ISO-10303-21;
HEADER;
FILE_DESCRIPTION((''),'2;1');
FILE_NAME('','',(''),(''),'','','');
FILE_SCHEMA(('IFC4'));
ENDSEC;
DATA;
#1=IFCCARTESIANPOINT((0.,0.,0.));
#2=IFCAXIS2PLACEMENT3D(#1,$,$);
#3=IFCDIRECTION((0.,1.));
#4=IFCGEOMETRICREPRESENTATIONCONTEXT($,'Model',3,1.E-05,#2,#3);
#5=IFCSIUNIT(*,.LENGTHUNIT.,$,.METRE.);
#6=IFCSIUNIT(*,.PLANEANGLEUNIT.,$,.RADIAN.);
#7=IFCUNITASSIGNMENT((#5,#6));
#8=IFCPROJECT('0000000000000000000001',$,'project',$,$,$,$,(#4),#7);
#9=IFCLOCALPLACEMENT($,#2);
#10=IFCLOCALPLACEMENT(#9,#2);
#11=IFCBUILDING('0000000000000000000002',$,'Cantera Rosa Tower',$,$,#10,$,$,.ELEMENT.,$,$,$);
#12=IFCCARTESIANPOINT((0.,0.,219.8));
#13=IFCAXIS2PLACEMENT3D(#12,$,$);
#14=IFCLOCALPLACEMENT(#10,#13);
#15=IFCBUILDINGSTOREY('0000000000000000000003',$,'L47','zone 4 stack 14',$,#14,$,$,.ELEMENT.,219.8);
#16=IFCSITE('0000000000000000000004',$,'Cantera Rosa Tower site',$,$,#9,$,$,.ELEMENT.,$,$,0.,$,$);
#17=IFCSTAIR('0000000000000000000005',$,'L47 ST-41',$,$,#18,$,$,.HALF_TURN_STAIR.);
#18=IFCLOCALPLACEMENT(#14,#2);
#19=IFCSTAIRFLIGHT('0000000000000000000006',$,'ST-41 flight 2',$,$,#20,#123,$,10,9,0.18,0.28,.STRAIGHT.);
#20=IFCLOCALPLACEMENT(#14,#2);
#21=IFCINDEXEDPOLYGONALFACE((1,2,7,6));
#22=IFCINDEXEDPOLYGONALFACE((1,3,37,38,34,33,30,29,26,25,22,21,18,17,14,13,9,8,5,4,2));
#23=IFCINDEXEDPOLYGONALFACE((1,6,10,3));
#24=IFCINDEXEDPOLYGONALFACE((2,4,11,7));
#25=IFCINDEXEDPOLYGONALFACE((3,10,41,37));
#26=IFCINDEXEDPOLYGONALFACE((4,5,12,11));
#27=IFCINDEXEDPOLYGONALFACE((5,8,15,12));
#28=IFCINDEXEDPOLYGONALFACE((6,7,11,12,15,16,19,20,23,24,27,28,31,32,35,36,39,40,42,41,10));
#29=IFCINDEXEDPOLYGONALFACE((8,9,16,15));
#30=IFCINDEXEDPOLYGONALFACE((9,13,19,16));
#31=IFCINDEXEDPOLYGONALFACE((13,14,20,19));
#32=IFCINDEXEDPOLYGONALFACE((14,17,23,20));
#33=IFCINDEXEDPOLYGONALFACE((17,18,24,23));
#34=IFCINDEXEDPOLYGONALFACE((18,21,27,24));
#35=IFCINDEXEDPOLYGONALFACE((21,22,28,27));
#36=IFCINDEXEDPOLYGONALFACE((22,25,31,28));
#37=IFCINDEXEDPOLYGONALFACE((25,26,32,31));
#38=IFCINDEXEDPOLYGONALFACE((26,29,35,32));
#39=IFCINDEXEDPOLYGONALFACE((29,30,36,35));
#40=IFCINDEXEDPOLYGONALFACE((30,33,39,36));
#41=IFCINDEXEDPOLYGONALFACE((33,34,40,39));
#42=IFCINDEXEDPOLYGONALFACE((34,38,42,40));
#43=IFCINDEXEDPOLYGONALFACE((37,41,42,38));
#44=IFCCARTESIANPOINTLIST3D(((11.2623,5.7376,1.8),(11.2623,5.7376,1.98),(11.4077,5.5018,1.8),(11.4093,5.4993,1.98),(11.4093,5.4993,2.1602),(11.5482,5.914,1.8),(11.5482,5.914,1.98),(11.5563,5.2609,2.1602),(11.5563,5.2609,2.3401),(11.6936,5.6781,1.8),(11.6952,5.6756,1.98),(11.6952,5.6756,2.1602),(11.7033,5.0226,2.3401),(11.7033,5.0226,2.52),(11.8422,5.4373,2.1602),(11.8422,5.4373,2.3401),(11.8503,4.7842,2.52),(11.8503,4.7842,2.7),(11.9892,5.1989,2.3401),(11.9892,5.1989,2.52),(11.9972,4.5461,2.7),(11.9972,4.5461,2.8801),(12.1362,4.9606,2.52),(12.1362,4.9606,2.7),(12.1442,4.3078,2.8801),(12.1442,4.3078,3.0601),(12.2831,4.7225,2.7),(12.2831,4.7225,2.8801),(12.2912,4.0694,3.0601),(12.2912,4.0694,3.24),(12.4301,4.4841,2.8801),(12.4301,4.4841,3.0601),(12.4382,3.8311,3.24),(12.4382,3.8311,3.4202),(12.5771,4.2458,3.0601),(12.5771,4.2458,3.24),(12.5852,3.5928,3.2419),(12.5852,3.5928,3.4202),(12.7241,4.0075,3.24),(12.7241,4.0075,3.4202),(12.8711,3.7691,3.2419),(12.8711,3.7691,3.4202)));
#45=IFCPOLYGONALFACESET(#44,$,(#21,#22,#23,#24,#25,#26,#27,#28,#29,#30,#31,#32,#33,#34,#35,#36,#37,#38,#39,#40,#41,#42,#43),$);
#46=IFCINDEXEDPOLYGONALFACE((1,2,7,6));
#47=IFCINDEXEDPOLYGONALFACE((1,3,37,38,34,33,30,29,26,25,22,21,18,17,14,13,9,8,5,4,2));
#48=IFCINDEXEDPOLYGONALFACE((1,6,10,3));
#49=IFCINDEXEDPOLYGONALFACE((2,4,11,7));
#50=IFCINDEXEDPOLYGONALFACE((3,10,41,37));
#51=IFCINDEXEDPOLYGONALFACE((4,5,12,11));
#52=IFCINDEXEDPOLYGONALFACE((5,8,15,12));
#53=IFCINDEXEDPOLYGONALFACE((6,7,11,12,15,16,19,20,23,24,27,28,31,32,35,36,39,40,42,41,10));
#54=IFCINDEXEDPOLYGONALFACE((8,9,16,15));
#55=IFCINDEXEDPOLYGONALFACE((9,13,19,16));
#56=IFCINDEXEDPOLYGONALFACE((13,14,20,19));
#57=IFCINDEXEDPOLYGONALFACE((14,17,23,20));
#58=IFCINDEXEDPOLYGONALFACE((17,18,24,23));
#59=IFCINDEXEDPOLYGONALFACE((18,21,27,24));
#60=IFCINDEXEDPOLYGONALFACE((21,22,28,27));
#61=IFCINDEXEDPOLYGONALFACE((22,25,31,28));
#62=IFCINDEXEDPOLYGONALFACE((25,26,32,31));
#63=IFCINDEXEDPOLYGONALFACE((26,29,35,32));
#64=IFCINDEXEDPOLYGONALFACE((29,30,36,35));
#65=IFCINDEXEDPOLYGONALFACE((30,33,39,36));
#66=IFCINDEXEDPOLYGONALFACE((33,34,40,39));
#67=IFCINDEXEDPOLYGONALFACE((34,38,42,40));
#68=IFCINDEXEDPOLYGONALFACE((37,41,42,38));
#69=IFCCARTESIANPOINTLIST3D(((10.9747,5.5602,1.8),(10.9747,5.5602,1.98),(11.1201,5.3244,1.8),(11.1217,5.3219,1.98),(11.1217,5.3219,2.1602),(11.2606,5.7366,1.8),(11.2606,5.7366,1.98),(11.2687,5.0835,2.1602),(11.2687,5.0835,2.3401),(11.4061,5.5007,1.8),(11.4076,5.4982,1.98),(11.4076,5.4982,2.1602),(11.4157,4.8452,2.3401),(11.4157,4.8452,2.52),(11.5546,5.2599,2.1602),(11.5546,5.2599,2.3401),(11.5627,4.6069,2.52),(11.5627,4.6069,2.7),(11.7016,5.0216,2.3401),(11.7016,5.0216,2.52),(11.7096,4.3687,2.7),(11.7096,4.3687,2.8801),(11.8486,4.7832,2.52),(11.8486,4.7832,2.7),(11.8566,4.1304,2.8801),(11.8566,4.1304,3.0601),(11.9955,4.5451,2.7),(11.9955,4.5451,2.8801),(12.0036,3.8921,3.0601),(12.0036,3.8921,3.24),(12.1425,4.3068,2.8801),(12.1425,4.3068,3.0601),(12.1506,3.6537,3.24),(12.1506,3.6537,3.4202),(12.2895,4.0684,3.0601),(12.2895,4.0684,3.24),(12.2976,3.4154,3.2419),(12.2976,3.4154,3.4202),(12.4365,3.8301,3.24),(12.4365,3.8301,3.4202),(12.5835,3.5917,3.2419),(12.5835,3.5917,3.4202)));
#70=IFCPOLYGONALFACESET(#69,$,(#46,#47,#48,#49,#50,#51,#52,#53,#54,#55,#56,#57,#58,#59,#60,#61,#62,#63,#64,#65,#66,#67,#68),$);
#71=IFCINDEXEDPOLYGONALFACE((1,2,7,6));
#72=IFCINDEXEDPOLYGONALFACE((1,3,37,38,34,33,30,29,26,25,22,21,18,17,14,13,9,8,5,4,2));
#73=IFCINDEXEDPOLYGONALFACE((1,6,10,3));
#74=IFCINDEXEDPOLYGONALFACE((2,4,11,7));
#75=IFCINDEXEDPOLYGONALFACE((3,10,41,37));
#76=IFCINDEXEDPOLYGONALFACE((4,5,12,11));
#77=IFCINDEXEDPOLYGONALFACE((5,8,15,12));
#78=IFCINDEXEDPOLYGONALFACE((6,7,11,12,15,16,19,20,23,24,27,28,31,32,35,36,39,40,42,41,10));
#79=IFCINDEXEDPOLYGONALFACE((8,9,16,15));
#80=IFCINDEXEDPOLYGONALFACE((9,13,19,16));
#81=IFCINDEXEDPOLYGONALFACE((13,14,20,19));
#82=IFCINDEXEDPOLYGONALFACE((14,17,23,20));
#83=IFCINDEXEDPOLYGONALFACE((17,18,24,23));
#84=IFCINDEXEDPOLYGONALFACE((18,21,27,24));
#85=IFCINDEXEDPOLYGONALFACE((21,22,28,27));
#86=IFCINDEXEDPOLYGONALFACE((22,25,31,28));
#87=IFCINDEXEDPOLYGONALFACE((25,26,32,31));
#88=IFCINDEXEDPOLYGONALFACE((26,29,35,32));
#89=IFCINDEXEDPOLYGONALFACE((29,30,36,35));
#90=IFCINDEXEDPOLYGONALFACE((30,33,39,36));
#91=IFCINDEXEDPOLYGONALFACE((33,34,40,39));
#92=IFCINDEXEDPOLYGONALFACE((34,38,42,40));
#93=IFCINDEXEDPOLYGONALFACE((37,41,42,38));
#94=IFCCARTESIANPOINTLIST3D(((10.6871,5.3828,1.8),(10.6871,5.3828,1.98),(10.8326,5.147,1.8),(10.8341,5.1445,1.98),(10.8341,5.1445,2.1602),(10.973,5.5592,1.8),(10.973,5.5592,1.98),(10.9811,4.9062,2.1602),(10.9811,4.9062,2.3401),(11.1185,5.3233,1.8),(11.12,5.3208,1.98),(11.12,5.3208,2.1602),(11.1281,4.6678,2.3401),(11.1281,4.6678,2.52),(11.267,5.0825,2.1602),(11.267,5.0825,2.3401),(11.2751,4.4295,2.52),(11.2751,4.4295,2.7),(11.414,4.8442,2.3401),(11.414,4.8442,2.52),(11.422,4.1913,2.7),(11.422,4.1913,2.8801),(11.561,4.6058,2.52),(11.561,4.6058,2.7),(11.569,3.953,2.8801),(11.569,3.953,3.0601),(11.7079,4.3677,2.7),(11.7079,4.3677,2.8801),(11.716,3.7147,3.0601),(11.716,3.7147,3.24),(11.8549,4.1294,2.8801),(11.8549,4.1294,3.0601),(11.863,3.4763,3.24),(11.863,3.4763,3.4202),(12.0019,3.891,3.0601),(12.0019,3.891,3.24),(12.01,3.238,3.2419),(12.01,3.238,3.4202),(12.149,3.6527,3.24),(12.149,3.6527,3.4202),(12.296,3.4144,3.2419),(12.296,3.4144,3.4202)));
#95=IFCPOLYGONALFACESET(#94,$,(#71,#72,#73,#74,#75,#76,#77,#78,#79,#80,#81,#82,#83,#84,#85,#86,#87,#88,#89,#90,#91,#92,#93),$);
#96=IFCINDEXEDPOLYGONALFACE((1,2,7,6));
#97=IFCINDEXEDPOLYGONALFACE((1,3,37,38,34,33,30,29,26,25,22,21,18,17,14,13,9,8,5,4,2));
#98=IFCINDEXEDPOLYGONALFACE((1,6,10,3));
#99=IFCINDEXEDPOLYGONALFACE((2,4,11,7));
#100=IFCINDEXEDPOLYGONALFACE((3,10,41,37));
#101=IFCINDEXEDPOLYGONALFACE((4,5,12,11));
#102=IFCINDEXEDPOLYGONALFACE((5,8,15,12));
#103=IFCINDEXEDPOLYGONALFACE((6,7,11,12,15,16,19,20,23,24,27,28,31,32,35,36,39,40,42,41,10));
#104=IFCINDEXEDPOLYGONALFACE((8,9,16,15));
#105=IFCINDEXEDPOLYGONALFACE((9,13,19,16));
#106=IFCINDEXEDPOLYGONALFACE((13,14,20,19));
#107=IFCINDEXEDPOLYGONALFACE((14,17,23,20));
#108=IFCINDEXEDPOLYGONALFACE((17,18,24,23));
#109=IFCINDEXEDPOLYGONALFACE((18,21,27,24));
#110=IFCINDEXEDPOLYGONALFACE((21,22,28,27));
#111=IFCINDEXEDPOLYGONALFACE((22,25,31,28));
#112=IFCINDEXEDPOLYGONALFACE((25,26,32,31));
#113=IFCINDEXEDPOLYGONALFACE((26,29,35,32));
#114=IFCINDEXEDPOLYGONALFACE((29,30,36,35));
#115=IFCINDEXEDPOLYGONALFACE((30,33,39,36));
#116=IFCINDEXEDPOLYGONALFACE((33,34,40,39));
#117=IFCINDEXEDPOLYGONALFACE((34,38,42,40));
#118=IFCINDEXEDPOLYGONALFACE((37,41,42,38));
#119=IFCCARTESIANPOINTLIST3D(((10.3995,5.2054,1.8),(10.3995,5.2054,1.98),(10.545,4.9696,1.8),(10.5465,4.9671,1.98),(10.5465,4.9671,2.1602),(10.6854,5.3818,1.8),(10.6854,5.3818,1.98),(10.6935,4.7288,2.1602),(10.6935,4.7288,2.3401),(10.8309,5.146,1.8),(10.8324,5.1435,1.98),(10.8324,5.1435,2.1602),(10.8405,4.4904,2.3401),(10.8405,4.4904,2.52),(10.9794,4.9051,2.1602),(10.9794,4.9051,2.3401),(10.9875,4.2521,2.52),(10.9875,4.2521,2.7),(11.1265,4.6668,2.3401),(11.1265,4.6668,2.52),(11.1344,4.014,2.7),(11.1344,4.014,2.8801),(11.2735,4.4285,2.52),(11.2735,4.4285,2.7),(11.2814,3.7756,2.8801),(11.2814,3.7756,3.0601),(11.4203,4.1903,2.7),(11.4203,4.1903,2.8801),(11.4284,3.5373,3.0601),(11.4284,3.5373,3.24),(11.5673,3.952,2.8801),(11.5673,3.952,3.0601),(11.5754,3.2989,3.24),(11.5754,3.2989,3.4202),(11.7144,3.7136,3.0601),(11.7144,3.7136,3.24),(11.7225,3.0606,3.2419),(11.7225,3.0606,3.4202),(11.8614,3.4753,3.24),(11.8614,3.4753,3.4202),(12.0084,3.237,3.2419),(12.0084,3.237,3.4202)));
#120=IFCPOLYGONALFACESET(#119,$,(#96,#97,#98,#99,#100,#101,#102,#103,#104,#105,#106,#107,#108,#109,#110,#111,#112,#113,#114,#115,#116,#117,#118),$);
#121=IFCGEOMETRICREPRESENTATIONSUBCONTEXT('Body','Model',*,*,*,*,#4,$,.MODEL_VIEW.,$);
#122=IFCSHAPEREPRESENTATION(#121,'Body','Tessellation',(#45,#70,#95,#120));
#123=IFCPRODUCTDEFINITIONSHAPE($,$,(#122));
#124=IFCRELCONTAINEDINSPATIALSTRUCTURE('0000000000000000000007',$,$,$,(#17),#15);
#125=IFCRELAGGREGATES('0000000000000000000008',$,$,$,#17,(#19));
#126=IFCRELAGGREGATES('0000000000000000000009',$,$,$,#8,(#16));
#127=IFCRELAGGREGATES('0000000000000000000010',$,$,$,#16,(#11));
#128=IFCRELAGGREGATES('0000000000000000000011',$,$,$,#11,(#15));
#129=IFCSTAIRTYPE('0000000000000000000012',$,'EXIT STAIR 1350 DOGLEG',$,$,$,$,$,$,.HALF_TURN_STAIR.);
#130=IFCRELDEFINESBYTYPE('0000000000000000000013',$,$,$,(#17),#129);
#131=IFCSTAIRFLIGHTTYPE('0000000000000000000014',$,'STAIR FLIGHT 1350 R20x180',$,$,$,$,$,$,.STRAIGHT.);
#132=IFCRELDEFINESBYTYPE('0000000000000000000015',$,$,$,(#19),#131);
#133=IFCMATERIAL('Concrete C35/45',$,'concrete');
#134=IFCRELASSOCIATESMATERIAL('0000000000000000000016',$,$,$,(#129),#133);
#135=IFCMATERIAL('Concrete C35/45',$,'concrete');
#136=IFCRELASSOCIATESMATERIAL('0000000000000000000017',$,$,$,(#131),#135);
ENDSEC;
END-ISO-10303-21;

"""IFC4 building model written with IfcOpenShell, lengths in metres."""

from ifc_helpers import new_model, si_unit, direction, frame, origin, place, context, subcontext, project, spatial, polyline, outline, extrude, material, type_object, element, aggregate, save


model = new_model("IFC4")

# Units and contexts
model_context = context("Model", 3, precision=1e-05, world=origin(), true_north=direction((0.0, 1.0)))
body_context = subcontext(model_context, "Body", "Model", "MODEL_VIEW")
ifc_project = project(units=[si_unit("LENGTHUNIT", "METRE"), si_unit("PLANEANGLEUNIT", "RADIAN")], contexts=[model_context])

# Site, building, storey
site_placement = place(None, origin())
site = spatial("IfcSite", under=ifc_project, at=site_placement, Name="Cantera Rosa Tower site", CompositionType="ELEMENT", RefElevation=0.0)
building_placement = place(site_placement, origin())
building = spatial("IfcBuilding", under=site, at=building_placement, Name="Cantera Rosa Tower", CompositionType="ELEMENT")
storey_placement = place(building_placement, frame((0.0, 0.0, 219.8)))
storey = spatial("IfcBuildingStorey", under=building, at=storey_placement, Name="L47", Description="zone 4 stack 14", CompositionType="ELEMENT", Elevation=219.8)

# Stair, stair flight
ifc_material_1 = material(Name="Concrete C35/45", Category="concrete")
stair_type = type_object("IfcStairType", Name="EXIT STAIR 1350 DOGLEG", PredefinedType="HALF_TURN_STAIR", material=ifc_material_1)
stair_1_placement = place(storey_placement, origin())
stair_1 = element("IfcStair", 1, at=stair_1_placement, inside=storey, type_object=stair_type, Name="L47 ST-41", PredefinedType="HALF_TURN_STAIR")
ifc_material_2 = material(Name="Concrete C35/45", Category="concrete")
stair_flight_type = type_object("IfcStairFlightType", Name="STAIR FLIGHT 1350 R20x180", PredefinedType="STRAIGHT", material=ifc_material_2)
stair_flight_1_placement = place(storey_placement, frame((10.9736, 5.5596, 1.8), z_axis=(0.0, 0.0, 1.0), x_axis=(0.524977, -0.851117, 0.0)))
stair_flight_1 = element("IfcStairFlight", 2, at=stair_flight_1_placement, type_object=stair_flight_type, Name="ST-41 flight 2", NumberOfRisers=10, NumberOfTreads=9, PredefinedType="STRAIGHT", RiserHeight=0.18, TreadLength=0.28, context=body_context, shape_type="SweptSolid", body=[
    extrude(outline(polyline([(0.0, 0.0), (0.0, 0.1799), (0.28, 0.1799), (0.28, 0.3601), (0.5601, 0.3601), (0.5601, 0.54), (0.8401, 0.54), (0.8401, 0.72), (1.1201, 0.72), (1.1201, 0.8999), (1.3999, 0.8999), (1.3999, 1.0801), (1.6799, 1.0801), (1.6799, 1.26), (1.96, 1.26), (1.96, 1.4399), (2.24, 1.4399), (2.24, 1.6201), (2.52, 1.6201), (2.52, 1.8), (2.52, 1.4419), (0.2771, 0.0), (0.0, 0.0)])), frame((0.0, 0.675, 0.0), z_axis=(0.0, -1.0, 0.0), x_axis=(1.0, 0.0, 0.0)), (0.0, 0.0, 1.0), 0.3359),
    extrude(outline(polyline([(0.0, 0.0), (0.0, 0.1799), (0.28, 0.1799), (0.28, 0.3601), (0.5601, 0.3601), (0.5601, 0.54), (0.8401, 0.54), (0.8401, 0.72), (1.1201, 0.72), (1.1201, 0.8999), (1.3999, 0.8999), (1.3999, 1.0801), (1.6799, 1.0801), (1.6799, 1.26), (1.96, 1.26), (1.96, 1.4399), (2.24, 1.4399), (2.24, 1.6201), (2.52, 1.6201), (2.52, 1.8), (2.52, 1.4419), (0.2771, 0.0), (0.0, 0.0)])), frame((0.0, 0.3372, 0.0), z_axis=(0.0, -1.0, 0.0), x_axis=(1.0, 0.0, 0.0)), (0.0, 0.0, 1.0), 0.3359),
    extrude(outline(polyline([(0.0, 0.0), (0.0, 0.1799), (0.28, 0.1799), (0.28, 0.3601), (0.5601, 0.3601), (0.5601, 0.54), (0.8401, 0.54), (0.8401, 0.72), (1.1201, 0.72), (1.1201, 0.8999), (1.3999, 0.8999), (1.3999, 1.0801), (1.6799, 1.0801), (1.6799, 1.26), (1.96, 1.26), (1.96, 1.4399), (2.24, 1.4399), (2.24, 1.6201), (2.52, 1.6201), (2.52, 1.8), (2.52, 1.4419), (0.2771, 0.0), (0.0, 0.0)])), frame((0.0, -0.0007, 0.0), z_axis=(0.0, -1.0, 0.0), x_axis=(1.0, 0.0, 0.0)), (0.0, 0.0, 1.0), 0.3359),
    extrude(outline(polyline([(0.0, 0.0), (0.0, 0.1799), (0.28, 0.1799), (0.28, 0.3601), (0.5601, 0.3601), (0.5601, 0.54), (0.8401, 0.54), (0.8401, 0.72), (1.1201, 0.72), (1.1201, 0.8999), (1.3999, 0.8999), (1.3999, 1.0801), (1.6799, 1.0801), (1.6799, 1.26), (1.96, 1.26), (1.96, 1.4399), (2.24, 1.4399), (2.24, 1.6201), (2.52, 1.6201), (2.52, 1.8), (2.52, 1.4419), (0.2771, 0.0), (0.0, 0.0)])), frame((0.0, -0.3386, 0.0), z_axis=(0.0, -1.0, 0.0), x_axis=(1.0, 0.0, 0.0)), (0.0, 0.0, 1.0), 0.3359),
])
aggregate(stair_1, [stair_flight_1])

save(model, "model.ifc")
